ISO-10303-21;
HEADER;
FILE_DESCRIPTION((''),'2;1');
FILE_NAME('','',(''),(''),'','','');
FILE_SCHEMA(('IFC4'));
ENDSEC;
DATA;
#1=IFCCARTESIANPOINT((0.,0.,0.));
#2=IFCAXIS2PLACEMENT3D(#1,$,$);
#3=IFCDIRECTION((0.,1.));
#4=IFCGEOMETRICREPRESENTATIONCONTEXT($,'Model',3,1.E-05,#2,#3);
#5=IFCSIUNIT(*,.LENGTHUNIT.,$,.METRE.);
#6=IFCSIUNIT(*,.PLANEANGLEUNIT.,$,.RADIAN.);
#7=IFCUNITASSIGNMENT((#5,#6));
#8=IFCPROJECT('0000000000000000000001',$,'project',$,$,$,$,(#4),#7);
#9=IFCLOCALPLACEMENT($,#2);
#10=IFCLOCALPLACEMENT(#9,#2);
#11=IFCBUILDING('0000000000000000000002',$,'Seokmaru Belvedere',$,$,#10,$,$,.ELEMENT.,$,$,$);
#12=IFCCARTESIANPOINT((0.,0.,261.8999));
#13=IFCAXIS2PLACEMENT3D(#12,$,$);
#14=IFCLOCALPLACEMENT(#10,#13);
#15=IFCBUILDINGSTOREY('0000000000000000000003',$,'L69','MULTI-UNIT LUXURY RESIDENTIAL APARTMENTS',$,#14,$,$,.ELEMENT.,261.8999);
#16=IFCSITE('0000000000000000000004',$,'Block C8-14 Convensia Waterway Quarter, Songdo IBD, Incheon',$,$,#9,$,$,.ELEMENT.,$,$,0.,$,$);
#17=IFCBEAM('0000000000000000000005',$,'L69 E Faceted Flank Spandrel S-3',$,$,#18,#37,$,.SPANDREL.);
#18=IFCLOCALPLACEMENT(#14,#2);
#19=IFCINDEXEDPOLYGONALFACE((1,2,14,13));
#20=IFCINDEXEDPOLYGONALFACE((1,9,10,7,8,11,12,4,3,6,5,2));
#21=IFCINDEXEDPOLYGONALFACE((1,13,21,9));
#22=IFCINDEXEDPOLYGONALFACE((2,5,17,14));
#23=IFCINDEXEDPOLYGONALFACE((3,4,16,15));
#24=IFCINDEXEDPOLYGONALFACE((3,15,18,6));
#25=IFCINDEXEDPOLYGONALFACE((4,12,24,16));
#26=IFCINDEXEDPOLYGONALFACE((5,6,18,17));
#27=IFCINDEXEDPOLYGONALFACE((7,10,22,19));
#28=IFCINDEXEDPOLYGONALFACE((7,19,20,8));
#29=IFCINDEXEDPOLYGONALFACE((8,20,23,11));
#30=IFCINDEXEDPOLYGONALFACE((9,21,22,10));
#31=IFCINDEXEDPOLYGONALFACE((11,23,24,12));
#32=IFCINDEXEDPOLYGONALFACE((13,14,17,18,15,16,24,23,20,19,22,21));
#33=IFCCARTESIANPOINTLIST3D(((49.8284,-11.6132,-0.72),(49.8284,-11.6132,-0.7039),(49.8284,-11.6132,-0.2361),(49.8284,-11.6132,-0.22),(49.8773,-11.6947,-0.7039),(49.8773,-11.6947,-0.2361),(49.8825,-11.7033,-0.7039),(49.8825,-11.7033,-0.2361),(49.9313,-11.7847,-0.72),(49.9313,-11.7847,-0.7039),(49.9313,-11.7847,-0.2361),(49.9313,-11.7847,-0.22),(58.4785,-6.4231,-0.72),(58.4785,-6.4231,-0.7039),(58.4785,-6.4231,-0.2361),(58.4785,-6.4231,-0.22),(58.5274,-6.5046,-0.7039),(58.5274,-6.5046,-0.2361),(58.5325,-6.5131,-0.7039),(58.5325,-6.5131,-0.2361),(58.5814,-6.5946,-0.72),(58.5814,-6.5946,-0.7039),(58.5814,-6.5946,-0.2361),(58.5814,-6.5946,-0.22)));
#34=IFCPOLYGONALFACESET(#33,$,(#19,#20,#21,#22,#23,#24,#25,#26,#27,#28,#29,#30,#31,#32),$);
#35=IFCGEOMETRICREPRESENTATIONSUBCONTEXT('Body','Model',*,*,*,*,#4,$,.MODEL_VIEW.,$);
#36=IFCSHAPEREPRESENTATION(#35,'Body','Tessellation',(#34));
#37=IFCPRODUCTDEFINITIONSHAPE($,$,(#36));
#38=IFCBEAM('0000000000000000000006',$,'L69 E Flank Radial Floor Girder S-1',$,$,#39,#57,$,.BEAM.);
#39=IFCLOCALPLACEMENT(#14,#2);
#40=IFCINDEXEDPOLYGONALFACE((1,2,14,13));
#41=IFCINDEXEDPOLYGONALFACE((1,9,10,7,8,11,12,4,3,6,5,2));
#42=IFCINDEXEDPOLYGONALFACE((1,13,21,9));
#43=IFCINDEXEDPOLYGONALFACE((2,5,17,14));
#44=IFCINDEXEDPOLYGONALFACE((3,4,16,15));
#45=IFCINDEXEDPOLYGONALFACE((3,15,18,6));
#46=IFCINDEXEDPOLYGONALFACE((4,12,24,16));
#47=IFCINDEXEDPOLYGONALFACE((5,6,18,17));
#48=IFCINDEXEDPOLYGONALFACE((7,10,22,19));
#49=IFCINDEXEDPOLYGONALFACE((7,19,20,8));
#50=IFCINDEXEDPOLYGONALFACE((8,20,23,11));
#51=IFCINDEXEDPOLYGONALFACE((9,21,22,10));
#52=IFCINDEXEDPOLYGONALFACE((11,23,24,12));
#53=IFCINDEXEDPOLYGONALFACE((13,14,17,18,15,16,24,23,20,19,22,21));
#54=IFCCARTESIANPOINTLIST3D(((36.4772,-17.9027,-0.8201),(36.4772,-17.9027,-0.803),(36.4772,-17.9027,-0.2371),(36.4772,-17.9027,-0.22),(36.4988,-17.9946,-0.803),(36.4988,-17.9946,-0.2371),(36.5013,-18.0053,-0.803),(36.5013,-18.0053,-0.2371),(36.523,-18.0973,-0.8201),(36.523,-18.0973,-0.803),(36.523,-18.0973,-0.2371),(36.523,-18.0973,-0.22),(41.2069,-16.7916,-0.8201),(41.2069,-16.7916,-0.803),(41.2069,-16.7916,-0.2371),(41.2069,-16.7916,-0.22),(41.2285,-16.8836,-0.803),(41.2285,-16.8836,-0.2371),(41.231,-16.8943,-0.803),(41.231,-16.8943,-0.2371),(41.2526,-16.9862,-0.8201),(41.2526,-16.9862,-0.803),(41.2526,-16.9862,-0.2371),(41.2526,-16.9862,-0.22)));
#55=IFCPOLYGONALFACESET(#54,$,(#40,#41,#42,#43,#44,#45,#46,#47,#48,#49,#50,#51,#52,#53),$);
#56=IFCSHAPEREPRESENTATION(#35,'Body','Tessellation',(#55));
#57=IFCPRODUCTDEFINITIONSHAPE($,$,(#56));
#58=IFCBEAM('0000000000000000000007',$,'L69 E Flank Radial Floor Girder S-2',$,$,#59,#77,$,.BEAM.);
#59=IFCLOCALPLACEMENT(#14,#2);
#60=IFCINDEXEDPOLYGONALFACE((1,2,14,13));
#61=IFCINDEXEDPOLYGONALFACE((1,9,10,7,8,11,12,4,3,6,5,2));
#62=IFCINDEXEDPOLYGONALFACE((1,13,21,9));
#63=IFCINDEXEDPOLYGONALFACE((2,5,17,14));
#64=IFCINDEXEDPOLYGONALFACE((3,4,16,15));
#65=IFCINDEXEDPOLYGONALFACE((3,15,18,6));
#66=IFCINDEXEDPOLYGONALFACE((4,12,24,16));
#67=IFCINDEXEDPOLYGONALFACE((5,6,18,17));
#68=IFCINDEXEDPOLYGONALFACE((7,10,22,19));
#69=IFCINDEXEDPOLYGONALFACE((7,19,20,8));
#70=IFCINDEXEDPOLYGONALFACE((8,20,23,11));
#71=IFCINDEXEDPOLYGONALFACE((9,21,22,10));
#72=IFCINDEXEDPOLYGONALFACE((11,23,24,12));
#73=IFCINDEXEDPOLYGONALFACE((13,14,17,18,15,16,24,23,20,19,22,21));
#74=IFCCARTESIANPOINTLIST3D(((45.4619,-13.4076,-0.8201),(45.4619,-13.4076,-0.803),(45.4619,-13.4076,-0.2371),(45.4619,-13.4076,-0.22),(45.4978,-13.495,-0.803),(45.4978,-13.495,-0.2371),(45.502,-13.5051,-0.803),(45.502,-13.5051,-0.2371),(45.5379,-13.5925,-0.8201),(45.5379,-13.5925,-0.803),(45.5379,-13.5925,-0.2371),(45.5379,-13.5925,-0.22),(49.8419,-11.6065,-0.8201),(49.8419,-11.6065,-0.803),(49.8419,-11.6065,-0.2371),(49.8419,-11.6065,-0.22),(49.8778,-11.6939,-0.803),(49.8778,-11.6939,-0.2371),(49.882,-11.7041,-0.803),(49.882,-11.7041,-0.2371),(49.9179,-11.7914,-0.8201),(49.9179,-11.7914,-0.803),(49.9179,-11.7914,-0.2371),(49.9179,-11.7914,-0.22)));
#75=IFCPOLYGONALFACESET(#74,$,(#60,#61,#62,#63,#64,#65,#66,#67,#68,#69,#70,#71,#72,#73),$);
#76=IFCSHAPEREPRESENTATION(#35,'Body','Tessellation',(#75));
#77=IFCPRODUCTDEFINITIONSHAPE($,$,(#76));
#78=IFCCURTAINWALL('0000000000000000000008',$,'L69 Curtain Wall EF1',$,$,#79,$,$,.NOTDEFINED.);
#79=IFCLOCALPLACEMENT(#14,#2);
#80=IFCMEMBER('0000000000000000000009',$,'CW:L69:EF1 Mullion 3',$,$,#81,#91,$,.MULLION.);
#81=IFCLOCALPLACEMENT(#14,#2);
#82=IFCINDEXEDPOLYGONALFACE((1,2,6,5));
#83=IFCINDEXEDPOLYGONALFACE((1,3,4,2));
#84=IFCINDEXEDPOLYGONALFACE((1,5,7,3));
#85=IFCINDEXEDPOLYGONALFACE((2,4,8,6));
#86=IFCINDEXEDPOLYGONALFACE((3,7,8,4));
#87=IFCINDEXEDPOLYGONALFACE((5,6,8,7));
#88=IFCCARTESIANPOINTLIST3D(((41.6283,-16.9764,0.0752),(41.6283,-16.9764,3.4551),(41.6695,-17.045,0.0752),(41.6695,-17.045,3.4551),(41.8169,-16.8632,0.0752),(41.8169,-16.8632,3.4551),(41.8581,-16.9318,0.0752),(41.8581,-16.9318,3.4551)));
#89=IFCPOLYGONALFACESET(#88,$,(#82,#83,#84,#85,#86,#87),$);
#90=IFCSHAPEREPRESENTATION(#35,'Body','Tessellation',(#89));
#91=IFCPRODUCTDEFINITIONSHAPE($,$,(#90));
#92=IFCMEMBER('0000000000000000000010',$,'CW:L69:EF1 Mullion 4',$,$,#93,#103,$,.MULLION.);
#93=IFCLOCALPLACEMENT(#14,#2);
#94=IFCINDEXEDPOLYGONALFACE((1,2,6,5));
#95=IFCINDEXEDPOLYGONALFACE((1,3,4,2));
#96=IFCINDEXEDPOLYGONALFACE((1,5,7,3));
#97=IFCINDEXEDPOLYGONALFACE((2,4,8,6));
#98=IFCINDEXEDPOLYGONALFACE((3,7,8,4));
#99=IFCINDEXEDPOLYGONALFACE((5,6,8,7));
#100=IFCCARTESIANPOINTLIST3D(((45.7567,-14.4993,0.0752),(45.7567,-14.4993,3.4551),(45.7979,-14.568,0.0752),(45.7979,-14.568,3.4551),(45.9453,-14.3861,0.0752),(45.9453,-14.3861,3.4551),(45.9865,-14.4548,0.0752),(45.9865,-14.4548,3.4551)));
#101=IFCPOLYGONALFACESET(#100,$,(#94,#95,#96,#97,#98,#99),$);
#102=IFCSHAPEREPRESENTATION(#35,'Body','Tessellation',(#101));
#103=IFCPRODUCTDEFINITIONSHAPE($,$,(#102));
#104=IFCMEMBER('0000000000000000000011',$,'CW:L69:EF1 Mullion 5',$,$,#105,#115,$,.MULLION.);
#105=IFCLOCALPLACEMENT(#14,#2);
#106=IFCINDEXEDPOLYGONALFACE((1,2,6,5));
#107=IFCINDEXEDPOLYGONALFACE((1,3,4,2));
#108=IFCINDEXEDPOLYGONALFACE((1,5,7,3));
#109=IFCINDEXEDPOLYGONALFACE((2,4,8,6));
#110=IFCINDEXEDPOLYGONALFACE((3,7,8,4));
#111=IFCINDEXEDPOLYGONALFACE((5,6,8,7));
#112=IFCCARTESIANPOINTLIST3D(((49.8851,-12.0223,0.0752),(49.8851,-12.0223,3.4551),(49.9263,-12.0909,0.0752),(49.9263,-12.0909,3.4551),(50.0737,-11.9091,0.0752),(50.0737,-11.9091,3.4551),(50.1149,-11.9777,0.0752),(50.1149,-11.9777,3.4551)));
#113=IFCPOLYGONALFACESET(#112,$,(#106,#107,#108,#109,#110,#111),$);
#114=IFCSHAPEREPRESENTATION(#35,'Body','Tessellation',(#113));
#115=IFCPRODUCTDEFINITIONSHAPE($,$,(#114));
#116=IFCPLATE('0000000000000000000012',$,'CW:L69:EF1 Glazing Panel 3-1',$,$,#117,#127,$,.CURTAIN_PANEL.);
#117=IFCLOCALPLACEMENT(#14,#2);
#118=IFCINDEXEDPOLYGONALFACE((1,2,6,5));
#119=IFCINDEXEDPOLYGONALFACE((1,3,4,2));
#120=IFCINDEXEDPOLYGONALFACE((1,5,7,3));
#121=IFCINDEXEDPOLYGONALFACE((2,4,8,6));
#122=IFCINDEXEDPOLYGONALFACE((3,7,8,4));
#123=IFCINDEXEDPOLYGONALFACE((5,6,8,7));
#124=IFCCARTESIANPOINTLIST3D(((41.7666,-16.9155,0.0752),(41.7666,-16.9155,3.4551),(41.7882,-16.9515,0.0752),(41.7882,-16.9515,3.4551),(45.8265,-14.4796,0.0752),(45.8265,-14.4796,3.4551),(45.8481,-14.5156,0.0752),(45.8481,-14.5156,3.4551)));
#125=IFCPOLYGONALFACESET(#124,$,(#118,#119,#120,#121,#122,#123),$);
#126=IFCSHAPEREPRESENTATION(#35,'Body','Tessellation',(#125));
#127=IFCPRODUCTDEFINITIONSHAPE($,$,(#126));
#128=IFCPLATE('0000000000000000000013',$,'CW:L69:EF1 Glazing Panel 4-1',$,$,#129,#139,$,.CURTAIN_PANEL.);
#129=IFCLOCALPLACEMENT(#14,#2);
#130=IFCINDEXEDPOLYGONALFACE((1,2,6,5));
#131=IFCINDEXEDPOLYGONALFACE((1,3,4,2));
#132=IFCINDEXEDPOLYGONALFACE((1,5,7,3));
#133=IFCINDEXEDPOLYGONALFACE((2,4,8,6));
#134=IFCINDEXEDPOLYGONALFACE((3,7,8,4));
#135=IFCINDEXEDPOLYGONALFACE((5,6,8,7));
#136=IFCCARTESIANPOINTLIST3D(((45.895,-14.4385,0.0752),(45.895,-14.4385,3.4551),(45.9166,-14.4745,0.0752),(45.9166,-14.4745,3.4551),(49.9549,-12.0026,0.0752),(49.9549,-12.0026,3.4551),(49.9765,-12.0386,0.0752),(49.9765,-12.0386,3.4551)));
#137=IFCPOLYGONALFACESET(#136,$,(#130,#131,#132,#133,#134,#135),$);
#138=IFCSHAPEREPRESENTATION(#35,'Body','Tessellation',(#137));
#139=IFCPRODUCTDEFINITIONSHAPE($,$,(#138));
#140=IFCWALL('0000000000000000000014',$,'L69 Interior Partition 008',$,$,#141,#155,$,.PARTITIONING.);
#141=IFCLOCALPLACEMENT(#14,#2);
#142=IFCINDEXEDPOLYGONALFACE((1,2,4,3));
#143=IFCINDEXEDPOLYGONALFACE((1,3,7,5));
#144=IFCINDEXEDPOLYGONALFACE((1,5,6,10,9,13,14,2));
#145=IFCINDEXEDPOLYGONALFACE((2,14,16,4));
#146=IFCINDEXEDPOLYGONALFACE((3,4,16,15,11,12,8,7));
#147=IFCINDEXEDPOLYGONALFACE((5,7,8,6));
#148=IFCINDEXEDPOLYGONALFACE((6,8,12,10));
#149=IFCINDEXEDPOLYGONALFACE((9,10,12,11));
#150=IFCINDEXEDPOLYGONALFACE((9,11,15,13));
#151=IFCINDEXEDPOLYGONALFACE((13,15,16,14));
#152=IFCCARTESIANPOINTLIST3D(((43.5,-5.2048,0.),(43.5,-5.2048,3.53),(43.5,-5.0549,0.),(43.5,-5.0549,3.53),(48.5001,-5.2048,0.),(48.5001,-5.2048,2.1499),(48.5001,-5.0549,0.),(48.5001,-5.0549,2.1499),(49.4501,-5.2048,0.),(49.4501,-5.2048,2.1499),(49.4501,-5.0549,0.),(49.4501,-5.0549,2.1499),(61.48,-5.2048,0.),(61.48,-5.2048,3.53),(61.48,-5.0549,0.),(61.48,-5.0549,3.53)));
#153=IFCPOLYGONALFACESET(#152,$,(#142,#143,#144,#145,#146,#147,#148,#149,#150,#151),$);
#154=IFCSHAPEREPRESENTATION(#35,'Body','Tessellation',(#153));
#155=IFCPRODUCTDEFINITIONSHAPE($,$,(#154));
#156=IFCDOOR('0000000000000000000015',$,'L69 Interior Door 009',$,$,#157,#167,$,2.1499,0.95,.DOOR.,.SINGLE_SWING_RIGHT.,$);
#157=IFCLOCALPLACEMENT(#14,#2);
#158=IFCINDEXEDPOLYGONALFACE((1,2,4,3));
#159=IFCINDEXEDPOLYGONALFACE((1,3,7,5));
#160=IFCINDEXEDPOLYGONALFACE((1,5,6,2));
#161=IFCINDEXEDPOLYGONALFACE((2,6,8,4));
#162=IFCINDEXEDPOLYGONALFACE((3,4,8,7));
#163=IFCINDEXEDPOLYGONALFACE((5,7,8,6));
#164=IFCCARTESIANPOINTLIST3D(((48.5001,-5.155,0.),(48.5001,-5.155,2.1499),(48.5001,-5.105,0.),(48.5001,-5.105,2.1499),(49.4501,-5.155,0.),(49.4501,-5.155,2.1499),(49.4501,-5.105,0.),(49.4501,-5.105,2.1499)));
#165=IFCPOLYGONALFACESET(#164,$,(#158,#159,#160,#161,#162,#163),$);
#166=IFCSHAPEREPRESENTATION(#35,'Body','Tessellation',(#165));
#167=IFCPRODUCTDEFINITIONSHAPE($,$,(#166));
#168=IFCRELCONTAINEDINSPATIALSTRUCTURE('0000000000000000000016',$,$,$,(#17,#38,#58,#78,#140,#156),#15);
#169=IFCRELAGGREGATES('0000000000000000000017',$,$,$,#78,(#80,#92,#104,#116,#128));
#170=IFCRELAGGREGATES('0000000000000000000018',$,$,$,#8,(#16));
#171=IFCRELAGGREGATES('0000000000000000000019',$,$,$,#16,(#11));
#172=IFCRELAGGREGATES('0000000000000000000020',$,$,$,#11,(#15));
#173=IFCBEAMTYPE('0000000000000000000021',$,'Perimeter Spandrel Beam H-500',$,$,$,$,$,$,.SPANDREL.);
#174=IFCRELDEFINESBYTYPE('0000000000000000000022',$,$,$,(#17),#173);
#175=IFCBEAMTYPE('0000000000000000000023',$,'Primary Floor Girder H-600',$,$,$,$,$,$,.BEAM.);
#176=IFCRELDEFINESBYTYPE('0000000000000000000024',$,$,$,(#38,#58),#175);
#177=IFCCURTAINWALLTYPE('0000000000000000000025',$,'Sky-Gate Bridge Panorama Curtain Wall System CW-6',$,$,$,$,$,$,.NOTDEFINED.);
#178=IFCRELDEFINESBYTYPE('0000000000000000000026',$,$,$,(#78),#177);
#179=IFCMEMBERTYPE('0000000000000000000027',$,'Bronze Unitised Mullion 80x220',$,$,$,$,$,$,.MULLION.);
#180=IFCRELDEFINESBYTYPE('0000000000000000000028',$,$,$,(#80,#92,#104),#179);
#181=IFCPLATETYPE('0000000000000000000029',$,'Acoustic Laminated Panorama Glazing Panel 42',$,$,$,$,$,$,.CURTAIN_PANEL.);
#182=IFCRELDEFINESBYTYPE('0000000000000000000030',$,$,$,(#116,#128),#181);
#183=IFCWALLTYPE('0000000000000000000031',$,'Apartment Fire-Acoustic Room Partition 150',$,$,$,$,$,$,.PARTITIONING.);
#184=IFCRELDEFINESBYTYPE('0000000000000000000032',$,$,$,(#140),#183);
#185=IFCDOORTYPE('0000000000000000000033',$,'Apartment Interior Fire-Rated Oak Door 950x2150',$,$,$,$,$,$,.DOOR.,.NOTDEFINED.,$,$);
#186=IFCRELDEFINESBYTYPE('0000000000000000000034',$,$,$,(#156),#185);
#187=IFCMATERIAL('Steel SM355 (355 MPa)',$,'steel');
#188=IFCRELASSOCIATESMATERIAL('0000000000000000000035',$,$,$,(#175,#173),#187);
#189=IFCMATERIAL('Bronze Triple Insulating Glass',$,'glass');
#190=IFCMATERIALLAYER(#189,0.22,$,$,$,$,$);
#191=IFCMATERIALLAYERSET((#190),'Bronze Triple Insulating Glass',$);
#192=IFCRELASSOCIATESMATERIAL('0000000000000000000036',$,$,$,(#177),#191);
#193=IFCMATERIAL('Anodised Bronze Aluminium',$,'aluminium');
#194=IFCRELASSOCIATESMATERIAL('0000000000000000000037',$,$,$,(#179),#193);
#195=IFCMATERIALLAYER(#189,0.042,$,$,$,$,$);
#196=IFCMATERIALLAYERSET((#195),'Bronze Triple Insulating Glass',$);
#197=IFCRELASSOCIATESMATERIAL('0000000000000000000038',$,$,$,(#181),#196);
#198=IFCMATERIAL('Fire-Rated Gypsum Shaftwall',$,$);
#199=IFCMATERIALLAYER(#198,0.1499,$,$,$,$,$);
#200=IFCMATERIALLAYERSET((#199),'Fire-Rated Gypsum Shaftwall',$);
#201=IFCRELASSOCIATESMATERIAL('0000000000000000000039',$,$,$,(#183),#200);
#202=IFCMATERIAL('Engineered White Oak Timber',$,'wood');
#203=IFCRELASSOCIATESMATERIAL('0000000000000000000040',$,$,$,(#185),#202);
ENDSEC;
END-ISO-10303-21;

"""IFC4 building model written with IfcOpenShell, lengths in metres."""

from ifc_helpers import new_model, si_unit, direction, frame, frame_2d, origin, origin_2d, place, context, subcontext, project, spatial, rectangle, i_section, extrude, source, transform, mapped, material, layer, layer_set, material_profile, profile_set, type_object, type_shapes, element, fill, aggregate, save


model = new_model("IFC4")

# Units and contexts
model_context = context("Model", 3, precision=1e-05, world=origin(), true_north=direction((0.0, 1.0)))
body_context = subcontext(model_context, "Body", "Model", "MODEL_VIEW")
ifc_project = project(units=[si_unit("LENGTHUNIT", "METRE"), si_unit("PLANEANGLEUNIT", "RADIAN")], contexts=[model_context])

# Site, building, storey
site_placement = place(None, origin())
site = spatial("IfcSite", under=ifc_project, at=site_placement, Name="Block C8-14 Convensia Waterway Quarter, Songdo IBD, Incheon", CompositionType="ELEMENT", RefElevation=0.0)
building_placement = place(site_placement, origin())
building = spatial("IfcBuilding", under=site, at=building_placement, Name="Seokmaru Belvedere", CompositionType="ELEMENT")
storey_placement = place(building_placement, frame((0.0, 0.0, 261.8999)))
storey = spatial("IfcBuildingStorey", under=building, at=storey_placement, Name="L69", Description="MULTI-UNIT LUXURY RESIDENTIAL APARTMENTS", CompositionType="ELEMENT", Elevation=261.8999)

# Shared definitions
ifc_material_1 = material(Name="Steel SM355 (355 MPa)", Category="steel")

# Beams
ifc_material_profile_1 = material_profile(ifc_material_1, i_section(OverallWidth=0.2, OverallDepth=0.6001, WebThickness=0.011, FlangeThickness=0.0171, at=origin_2d()), Name="H-600x200x11x17")
ifc_profile_set_1 = profile_set([ifc_material_profile_1], Name="Steel SM355 (355 MPa)")
beam_type_1 = type_object("IfcBeamType", Name="Primary Floor Girder H-600", PredefinedType="BEAM", material=ifc_profile_set_1)
ifc_material_profile_2 = material_profile(ifc_material_1, i_section(OverallWidth=0.2, OverallDepth=0.5, WebThickness=0.01, FlangeThickness=0.0161, at=origin_2d()), Name="H-500x200x10x16")
ifc_profile_set_2 = profile_set([ifc_material_profile_2], Name="Steel SM355 (355 MPa)")
beam_type_2 = type_object("IfcBeamType", Name="Perimeter Spandrel Beam H-500", PredefinedType="SPANDREL", material=ifc_profile_set_2)
shared_shape_1 = source(origin(), body_context, "Body", "SweptSolid", [
    extrude(i_section(OverallWidth=0.2, OverallDepth=0.5, WebThickness=0.01, FlangeThickness=0.0161, at=origin_2d()), origin(), (0.0, 0.0, 1.0), 10.0876),
])
type_shapes(beam_type_2, [shared_shape_1])
for number, where, z_axis, x_axis, name in (
    (1, (49.8799, -11.699, -0.47), (0.857489, 0.514503, 0.0), (-0.514503, 0.857489, 0.0), "L69 E Faceted Flank Spandrel S-3"),
):
    element("IfcBeam", number, at=place(storey_placement, frame(where, z_axis=z_axis, x_axis=x_axis)), inside=storey, type_object=beam_type_2, Name=name, PredefinedType="SPANDREL", context=body_context, shape_type="MappedRepresentation", body=[
        mapped(shared_shape_1, transform((0.0, 0.0, 0.0), scale=1.0)),
    ])
shared_shape_2 = source(origin(), body_context, "Body", "SweptSolid", [
    extrude(i_section(OverallWidth=0.2, OverallDepth=0.6001, WebThickness=0.011, FlangeThickness=0.0171, at=origin_2d()), origin(), (0.0, 0.0, 1.0), 4.8584),
])
beam_1_placement = place(storey_placement, frame((41.2297, -16.8889, -0.52), z_axis=(-0.973499, -0.228689, 0.0), x_axis=(0.228689, -0.973499, 0.0)))
element("IfcBeam", 2, at=beam_1_placement, inside=storey, type_object=beam_type_1, Name="L69 E Flank Radial Floor Girder S-1", PredefinedType="BEAM", context=body_context, shape_type="MappedRepresentation", body=[
    mapped(shared_shape_2, transform((0.0, 0.0, 0.0), scale=1.0)),
])
shared_shape_3 = source(origin(), body_context, "Body", "SweptSolid", [
    extrude(i_section(OverallWidth=0.2, OverallDepth=0.6001, WebThickness=0.011, FlangeThickness=0.0171, at=origin_2d()), origin(), (0.0, 0.0, 1.0), 4.7358),
])
beam_2_placement = place(storey_placement, frame((49.8799, -11.699, -0.52), z_axis=(-0.924861, -0.380306, 0.0), x_axis=(0.380306, -0.924861, 0.0)))
element("IfcBeam", 3, at=beam_2_placement, inside=storey, type_object=beam_type_1, Name="L69 E Flank Radial Floor Girder S-2", PredefinedType="BEAM", context=body_context, shape_type="MappedRepresentation", body=[
    mapped(shared_shape_3, transform((0.0, 0.0, 0.0), scale=1.0)),
])

# Curtain wall, members, plates
ifc_material_2 = material(Name="Bronze Triple Insulating Glass", Category="glass")
ifc_layer_1 = layer(ifc_material_2, 0.22)
ifc_layer_set_1 = layer_set([ifc_layer_1], Name="Bronze Triple Insulating Glass")
curtain_wall_type = type_object("IfcCurtainWallType", Name="Sky-Gate Bridge Panorama Curtain Wall System CW-6", PredefinedType="NOTDEFINED", material=ifc_layer_set_1)
curtain_wall_placement = place(storey_placement, origin())
curtain_wall = element("IfcCurtainWall", 4, at=curtain_wall_placement, inside=storey, type_object=curtain_wall_type, Name="L69 Curtain Wall EF1", PredefinedType="NOTDEFINED")
ifc_material_3 = material(Name="Anodised Bronze Aluminium", Category="aluminium")
ifc_material_profile_3 = material_profile(ifc_material_3, rectangle(XDim=0.0801, YDim=0.22, at=origin_2d()), Name="CW-M-80x220")
ifc_profile_set_3 = profile_set([ifc_material_profile_3], Name="Anodised Bronze Aluminium")
member_type = type_object("IfcMemberType", Name="Bronze Unitised Mullion 80x220", PredefinedType="MULLION", material=ifc_profile_set_3)
shared_shape_4 = source(origin(), body_context, "Body", "SweptSolid", [
    extrude(rectangle(XDim=0.0801, YDim=0.22, at=origin_2d()), origin(), (0.0, 0.0, 1.0), 3.3799),
])
type_shapes(member_type, [shared_shape_4])
member_1_placement = place(storey_placement, frame((41.7432, -16.9541, 0.0752), z_axis=(0.0, 0.0, 1.0), x_axis=(-0.514495, 0.857493, 0.0)))
member_1 = element("IfcMember", 5, at=member_1_placement, type_object=member_type, Name="CW:L69:EF1 Mullion 3", PredefinedType="MULLION", context=body_context, shape_type="MappedRepresentation", body=[
    mapped(shared_shape_4, transform((0.0, 0.0, 0.0), scale=1.0)),
])
member_2_placement = place(storey_placement, frame((45.8716, -14.4771, 0.0752), z_axis=(0.0, 0.0, 1.0), x_axis=(-0.514495, 0.857493, 0.0)))
member_2 = element("IfcMember", 6, at=member_2_placement, type_object=member_type, Name="CW:L69:EF1 Mullion 4", PredefinedType="MULLION", context=body_context, shape_type="MappedRepresentation", body=[
    mapped(shared_shape_4, transform((0.0, 0.0, 0.0), scale=1.0)),
])
member_3_placement = place(storey_placement, frame((50.0, -12.0, 0.0752), z_axis=(0.0, 0.0, 1.0), x_axis=(-0.514495, 0.857493, 0.0)))
member_3 = element("IfcMember", 7, at=member_3_placement, type_object=member_type, Name="CW:L69:EF1 Mullion 5", PredefinedType="MULLION", context=body_context, shape_type="MappedRepresentation", body=[
    mapped(shared_shape_4, transform((0.0, 0.0, 0.0), scale=1.0)),
])
ifc_layer_2 = layer(ifc_material_2, 0.042)
ifc_layer_set_2 = layer_set([ifc_layer_2], Name="Bronze Triple Insulating Glass")
plate_type = type_object("IfcPlateType", Name="Acoustic Laminated Panorama Glazing Panel 42", PredefinedType="CURTAIN_PANEL", material=ifc_layer_set_2)
shared_shape_5 = source(origin(), body_context, "Body", "SweptSolid", [
    extrude(rectangle(XDim=4.7346, YDim=0.042, at=origin_2d()), origin(), (0.0, 0.0, 1.0), 3.3799),
])
type_shapes(plate_type, [shared_shape_5])
plate_1_placement = place(storey_placement, frame((43.8074, -15.7156, 0.0752), z_axis=(0.0, 0.0, 1.0), x_axis=(0.857493, 0.514495, 0.0)))
plate_1 = element("IfcPlate", 8, at=plate_1_placement, type_object=plate_type, Name="CW:L69:EF1 Glazing Panel 3-1", PredefinedType="CURTAIN_PANEL", context=body_context, shape_type="MappedRepresentation", body=[
    mapped(shared_shape_5, transform((0.0, 0.0, 0.0), scale=1.0)),
])
plate_2_placement = place(storey_placement, frame((47.9358, -13.2385, 0.0752), z_axis=(0.0, 0.0, 1.0), x_axis=(0.857493, 0.514495, 0.0)))
plate_2 = element("IfcPlate", 9, at=plate_2_placement, type_object=plate_type, Name="CW:L69:EF1 Glazing Panel 4-1", PredefinedType="CURTAIN_PANEL", context=body_context, shape_type="MappedRepresentation", body=[
    mapped(shared_shape_5, transform((0.0, 0.0, 0.0), scale=1.0)),
])
aggregate(curtain_wall, [member_1, member_2, member_3, plate_1, plate_2])

# Wall, opening, door
ifc_material_4 = material(Name="Fire-Rated Gypsum Shaftwall")
ifc_layer_3 = layer(ifc_material_4, 0.1499)
ifc_layer_set_3 = layer_set([ifc_layer_3], Name="Fire-Rated Gypsum Shaftwall")
wall_type_1 = type_object("IfcWallType", Name="Apartment Fire-Acoustic Room Partition 150", PredefinedType="PARTITIONING", material=ifc_layer_set_3)
wall_1_placement = place(storey_placement, frame((43.5, -5.1299, 0.0), z_axis=(0.0, 0.0, 1.0), x_axis=(1.0, 0.0, 0.0)))
wall_1 = element("IfcWall", 10, at=wall_1_placement, inside=storey, type_object=wall_type_1, Name="L69 Interior Partition 008", PredefinedType="PARTITIONING", context=body_context, shape_type="SweptSolid", body=[
    extrude(rectangle(XDim=17.98, YDim=0.1499, at=frame_2d((8.99, 0.0))), origin(), (0.0, 0.0, 1.0), 3.53),
])
opening_1_placement = place(wall_1_placement, frame((5.0, 0.0, 0.0)))
opening_1 = element("IfcOpeningElement", 11, at=opening_1_placement, cuts=wall_1, PredefinedType="OPENING", context=body_context, shape_type="SweptSolid", body=[
    extrude(rectangle(XDim=0.95, YDim=2.1499, at=frame_2d((0.4751, 1.075))), frame((0.0, 0.085, 0.0), z_axis=(0.0, -1.0, 0.0), x_axis=(1.0, 0.0, 0.0)), (0.0, 0.0, 1.0), 0.1699),
])
ifc_material_5 = material(Name="Engineered White Oak Timber", Category="wood")
door_type = type_object("IfcDoorType", Name="Apartment Interior Fire-Rated Oak Door 950x2150", OperationType="NOTDEFINED", PredefinedType="DOOR", material=ifc_material_5)
shared_shape_6 = source(origin(), body_context, "Body", "SweptSolid", [
    extrude(rectangle(XDim=0.95, YDim=2.1499, at=frame_2d((0.4751, 1.075))), frame((0.0, 0.0249, 0.0), z_axis=(0.0, -1.0, 0.0), x_axis=(1.0, 0.0, 0.0)), (0.0, 0.0, 1.0), 0.05),
])
type_shapes(door_type, [shared_shape_6])
door_1_placement = place(opening_1_placement, origin())
door_1 = element("IfcDoor", 12, at=door_1_placement, inside=storey, type_object=door_type, Name="L69 Interior Door 009", OperationType="SINGLE_SWING_RIGHT", OverallHeight=2.1499, OverallWidth=0.95, PredefinedType="DOOR", context=body_context, shape_type="MappedRepresentation", body=[
    mapped(shared_shape_6, transform((0.0, 0.0, 0.0), scale=1.0)),
])
fill(opening_1, door_1)

save(model, "model.ifc")
